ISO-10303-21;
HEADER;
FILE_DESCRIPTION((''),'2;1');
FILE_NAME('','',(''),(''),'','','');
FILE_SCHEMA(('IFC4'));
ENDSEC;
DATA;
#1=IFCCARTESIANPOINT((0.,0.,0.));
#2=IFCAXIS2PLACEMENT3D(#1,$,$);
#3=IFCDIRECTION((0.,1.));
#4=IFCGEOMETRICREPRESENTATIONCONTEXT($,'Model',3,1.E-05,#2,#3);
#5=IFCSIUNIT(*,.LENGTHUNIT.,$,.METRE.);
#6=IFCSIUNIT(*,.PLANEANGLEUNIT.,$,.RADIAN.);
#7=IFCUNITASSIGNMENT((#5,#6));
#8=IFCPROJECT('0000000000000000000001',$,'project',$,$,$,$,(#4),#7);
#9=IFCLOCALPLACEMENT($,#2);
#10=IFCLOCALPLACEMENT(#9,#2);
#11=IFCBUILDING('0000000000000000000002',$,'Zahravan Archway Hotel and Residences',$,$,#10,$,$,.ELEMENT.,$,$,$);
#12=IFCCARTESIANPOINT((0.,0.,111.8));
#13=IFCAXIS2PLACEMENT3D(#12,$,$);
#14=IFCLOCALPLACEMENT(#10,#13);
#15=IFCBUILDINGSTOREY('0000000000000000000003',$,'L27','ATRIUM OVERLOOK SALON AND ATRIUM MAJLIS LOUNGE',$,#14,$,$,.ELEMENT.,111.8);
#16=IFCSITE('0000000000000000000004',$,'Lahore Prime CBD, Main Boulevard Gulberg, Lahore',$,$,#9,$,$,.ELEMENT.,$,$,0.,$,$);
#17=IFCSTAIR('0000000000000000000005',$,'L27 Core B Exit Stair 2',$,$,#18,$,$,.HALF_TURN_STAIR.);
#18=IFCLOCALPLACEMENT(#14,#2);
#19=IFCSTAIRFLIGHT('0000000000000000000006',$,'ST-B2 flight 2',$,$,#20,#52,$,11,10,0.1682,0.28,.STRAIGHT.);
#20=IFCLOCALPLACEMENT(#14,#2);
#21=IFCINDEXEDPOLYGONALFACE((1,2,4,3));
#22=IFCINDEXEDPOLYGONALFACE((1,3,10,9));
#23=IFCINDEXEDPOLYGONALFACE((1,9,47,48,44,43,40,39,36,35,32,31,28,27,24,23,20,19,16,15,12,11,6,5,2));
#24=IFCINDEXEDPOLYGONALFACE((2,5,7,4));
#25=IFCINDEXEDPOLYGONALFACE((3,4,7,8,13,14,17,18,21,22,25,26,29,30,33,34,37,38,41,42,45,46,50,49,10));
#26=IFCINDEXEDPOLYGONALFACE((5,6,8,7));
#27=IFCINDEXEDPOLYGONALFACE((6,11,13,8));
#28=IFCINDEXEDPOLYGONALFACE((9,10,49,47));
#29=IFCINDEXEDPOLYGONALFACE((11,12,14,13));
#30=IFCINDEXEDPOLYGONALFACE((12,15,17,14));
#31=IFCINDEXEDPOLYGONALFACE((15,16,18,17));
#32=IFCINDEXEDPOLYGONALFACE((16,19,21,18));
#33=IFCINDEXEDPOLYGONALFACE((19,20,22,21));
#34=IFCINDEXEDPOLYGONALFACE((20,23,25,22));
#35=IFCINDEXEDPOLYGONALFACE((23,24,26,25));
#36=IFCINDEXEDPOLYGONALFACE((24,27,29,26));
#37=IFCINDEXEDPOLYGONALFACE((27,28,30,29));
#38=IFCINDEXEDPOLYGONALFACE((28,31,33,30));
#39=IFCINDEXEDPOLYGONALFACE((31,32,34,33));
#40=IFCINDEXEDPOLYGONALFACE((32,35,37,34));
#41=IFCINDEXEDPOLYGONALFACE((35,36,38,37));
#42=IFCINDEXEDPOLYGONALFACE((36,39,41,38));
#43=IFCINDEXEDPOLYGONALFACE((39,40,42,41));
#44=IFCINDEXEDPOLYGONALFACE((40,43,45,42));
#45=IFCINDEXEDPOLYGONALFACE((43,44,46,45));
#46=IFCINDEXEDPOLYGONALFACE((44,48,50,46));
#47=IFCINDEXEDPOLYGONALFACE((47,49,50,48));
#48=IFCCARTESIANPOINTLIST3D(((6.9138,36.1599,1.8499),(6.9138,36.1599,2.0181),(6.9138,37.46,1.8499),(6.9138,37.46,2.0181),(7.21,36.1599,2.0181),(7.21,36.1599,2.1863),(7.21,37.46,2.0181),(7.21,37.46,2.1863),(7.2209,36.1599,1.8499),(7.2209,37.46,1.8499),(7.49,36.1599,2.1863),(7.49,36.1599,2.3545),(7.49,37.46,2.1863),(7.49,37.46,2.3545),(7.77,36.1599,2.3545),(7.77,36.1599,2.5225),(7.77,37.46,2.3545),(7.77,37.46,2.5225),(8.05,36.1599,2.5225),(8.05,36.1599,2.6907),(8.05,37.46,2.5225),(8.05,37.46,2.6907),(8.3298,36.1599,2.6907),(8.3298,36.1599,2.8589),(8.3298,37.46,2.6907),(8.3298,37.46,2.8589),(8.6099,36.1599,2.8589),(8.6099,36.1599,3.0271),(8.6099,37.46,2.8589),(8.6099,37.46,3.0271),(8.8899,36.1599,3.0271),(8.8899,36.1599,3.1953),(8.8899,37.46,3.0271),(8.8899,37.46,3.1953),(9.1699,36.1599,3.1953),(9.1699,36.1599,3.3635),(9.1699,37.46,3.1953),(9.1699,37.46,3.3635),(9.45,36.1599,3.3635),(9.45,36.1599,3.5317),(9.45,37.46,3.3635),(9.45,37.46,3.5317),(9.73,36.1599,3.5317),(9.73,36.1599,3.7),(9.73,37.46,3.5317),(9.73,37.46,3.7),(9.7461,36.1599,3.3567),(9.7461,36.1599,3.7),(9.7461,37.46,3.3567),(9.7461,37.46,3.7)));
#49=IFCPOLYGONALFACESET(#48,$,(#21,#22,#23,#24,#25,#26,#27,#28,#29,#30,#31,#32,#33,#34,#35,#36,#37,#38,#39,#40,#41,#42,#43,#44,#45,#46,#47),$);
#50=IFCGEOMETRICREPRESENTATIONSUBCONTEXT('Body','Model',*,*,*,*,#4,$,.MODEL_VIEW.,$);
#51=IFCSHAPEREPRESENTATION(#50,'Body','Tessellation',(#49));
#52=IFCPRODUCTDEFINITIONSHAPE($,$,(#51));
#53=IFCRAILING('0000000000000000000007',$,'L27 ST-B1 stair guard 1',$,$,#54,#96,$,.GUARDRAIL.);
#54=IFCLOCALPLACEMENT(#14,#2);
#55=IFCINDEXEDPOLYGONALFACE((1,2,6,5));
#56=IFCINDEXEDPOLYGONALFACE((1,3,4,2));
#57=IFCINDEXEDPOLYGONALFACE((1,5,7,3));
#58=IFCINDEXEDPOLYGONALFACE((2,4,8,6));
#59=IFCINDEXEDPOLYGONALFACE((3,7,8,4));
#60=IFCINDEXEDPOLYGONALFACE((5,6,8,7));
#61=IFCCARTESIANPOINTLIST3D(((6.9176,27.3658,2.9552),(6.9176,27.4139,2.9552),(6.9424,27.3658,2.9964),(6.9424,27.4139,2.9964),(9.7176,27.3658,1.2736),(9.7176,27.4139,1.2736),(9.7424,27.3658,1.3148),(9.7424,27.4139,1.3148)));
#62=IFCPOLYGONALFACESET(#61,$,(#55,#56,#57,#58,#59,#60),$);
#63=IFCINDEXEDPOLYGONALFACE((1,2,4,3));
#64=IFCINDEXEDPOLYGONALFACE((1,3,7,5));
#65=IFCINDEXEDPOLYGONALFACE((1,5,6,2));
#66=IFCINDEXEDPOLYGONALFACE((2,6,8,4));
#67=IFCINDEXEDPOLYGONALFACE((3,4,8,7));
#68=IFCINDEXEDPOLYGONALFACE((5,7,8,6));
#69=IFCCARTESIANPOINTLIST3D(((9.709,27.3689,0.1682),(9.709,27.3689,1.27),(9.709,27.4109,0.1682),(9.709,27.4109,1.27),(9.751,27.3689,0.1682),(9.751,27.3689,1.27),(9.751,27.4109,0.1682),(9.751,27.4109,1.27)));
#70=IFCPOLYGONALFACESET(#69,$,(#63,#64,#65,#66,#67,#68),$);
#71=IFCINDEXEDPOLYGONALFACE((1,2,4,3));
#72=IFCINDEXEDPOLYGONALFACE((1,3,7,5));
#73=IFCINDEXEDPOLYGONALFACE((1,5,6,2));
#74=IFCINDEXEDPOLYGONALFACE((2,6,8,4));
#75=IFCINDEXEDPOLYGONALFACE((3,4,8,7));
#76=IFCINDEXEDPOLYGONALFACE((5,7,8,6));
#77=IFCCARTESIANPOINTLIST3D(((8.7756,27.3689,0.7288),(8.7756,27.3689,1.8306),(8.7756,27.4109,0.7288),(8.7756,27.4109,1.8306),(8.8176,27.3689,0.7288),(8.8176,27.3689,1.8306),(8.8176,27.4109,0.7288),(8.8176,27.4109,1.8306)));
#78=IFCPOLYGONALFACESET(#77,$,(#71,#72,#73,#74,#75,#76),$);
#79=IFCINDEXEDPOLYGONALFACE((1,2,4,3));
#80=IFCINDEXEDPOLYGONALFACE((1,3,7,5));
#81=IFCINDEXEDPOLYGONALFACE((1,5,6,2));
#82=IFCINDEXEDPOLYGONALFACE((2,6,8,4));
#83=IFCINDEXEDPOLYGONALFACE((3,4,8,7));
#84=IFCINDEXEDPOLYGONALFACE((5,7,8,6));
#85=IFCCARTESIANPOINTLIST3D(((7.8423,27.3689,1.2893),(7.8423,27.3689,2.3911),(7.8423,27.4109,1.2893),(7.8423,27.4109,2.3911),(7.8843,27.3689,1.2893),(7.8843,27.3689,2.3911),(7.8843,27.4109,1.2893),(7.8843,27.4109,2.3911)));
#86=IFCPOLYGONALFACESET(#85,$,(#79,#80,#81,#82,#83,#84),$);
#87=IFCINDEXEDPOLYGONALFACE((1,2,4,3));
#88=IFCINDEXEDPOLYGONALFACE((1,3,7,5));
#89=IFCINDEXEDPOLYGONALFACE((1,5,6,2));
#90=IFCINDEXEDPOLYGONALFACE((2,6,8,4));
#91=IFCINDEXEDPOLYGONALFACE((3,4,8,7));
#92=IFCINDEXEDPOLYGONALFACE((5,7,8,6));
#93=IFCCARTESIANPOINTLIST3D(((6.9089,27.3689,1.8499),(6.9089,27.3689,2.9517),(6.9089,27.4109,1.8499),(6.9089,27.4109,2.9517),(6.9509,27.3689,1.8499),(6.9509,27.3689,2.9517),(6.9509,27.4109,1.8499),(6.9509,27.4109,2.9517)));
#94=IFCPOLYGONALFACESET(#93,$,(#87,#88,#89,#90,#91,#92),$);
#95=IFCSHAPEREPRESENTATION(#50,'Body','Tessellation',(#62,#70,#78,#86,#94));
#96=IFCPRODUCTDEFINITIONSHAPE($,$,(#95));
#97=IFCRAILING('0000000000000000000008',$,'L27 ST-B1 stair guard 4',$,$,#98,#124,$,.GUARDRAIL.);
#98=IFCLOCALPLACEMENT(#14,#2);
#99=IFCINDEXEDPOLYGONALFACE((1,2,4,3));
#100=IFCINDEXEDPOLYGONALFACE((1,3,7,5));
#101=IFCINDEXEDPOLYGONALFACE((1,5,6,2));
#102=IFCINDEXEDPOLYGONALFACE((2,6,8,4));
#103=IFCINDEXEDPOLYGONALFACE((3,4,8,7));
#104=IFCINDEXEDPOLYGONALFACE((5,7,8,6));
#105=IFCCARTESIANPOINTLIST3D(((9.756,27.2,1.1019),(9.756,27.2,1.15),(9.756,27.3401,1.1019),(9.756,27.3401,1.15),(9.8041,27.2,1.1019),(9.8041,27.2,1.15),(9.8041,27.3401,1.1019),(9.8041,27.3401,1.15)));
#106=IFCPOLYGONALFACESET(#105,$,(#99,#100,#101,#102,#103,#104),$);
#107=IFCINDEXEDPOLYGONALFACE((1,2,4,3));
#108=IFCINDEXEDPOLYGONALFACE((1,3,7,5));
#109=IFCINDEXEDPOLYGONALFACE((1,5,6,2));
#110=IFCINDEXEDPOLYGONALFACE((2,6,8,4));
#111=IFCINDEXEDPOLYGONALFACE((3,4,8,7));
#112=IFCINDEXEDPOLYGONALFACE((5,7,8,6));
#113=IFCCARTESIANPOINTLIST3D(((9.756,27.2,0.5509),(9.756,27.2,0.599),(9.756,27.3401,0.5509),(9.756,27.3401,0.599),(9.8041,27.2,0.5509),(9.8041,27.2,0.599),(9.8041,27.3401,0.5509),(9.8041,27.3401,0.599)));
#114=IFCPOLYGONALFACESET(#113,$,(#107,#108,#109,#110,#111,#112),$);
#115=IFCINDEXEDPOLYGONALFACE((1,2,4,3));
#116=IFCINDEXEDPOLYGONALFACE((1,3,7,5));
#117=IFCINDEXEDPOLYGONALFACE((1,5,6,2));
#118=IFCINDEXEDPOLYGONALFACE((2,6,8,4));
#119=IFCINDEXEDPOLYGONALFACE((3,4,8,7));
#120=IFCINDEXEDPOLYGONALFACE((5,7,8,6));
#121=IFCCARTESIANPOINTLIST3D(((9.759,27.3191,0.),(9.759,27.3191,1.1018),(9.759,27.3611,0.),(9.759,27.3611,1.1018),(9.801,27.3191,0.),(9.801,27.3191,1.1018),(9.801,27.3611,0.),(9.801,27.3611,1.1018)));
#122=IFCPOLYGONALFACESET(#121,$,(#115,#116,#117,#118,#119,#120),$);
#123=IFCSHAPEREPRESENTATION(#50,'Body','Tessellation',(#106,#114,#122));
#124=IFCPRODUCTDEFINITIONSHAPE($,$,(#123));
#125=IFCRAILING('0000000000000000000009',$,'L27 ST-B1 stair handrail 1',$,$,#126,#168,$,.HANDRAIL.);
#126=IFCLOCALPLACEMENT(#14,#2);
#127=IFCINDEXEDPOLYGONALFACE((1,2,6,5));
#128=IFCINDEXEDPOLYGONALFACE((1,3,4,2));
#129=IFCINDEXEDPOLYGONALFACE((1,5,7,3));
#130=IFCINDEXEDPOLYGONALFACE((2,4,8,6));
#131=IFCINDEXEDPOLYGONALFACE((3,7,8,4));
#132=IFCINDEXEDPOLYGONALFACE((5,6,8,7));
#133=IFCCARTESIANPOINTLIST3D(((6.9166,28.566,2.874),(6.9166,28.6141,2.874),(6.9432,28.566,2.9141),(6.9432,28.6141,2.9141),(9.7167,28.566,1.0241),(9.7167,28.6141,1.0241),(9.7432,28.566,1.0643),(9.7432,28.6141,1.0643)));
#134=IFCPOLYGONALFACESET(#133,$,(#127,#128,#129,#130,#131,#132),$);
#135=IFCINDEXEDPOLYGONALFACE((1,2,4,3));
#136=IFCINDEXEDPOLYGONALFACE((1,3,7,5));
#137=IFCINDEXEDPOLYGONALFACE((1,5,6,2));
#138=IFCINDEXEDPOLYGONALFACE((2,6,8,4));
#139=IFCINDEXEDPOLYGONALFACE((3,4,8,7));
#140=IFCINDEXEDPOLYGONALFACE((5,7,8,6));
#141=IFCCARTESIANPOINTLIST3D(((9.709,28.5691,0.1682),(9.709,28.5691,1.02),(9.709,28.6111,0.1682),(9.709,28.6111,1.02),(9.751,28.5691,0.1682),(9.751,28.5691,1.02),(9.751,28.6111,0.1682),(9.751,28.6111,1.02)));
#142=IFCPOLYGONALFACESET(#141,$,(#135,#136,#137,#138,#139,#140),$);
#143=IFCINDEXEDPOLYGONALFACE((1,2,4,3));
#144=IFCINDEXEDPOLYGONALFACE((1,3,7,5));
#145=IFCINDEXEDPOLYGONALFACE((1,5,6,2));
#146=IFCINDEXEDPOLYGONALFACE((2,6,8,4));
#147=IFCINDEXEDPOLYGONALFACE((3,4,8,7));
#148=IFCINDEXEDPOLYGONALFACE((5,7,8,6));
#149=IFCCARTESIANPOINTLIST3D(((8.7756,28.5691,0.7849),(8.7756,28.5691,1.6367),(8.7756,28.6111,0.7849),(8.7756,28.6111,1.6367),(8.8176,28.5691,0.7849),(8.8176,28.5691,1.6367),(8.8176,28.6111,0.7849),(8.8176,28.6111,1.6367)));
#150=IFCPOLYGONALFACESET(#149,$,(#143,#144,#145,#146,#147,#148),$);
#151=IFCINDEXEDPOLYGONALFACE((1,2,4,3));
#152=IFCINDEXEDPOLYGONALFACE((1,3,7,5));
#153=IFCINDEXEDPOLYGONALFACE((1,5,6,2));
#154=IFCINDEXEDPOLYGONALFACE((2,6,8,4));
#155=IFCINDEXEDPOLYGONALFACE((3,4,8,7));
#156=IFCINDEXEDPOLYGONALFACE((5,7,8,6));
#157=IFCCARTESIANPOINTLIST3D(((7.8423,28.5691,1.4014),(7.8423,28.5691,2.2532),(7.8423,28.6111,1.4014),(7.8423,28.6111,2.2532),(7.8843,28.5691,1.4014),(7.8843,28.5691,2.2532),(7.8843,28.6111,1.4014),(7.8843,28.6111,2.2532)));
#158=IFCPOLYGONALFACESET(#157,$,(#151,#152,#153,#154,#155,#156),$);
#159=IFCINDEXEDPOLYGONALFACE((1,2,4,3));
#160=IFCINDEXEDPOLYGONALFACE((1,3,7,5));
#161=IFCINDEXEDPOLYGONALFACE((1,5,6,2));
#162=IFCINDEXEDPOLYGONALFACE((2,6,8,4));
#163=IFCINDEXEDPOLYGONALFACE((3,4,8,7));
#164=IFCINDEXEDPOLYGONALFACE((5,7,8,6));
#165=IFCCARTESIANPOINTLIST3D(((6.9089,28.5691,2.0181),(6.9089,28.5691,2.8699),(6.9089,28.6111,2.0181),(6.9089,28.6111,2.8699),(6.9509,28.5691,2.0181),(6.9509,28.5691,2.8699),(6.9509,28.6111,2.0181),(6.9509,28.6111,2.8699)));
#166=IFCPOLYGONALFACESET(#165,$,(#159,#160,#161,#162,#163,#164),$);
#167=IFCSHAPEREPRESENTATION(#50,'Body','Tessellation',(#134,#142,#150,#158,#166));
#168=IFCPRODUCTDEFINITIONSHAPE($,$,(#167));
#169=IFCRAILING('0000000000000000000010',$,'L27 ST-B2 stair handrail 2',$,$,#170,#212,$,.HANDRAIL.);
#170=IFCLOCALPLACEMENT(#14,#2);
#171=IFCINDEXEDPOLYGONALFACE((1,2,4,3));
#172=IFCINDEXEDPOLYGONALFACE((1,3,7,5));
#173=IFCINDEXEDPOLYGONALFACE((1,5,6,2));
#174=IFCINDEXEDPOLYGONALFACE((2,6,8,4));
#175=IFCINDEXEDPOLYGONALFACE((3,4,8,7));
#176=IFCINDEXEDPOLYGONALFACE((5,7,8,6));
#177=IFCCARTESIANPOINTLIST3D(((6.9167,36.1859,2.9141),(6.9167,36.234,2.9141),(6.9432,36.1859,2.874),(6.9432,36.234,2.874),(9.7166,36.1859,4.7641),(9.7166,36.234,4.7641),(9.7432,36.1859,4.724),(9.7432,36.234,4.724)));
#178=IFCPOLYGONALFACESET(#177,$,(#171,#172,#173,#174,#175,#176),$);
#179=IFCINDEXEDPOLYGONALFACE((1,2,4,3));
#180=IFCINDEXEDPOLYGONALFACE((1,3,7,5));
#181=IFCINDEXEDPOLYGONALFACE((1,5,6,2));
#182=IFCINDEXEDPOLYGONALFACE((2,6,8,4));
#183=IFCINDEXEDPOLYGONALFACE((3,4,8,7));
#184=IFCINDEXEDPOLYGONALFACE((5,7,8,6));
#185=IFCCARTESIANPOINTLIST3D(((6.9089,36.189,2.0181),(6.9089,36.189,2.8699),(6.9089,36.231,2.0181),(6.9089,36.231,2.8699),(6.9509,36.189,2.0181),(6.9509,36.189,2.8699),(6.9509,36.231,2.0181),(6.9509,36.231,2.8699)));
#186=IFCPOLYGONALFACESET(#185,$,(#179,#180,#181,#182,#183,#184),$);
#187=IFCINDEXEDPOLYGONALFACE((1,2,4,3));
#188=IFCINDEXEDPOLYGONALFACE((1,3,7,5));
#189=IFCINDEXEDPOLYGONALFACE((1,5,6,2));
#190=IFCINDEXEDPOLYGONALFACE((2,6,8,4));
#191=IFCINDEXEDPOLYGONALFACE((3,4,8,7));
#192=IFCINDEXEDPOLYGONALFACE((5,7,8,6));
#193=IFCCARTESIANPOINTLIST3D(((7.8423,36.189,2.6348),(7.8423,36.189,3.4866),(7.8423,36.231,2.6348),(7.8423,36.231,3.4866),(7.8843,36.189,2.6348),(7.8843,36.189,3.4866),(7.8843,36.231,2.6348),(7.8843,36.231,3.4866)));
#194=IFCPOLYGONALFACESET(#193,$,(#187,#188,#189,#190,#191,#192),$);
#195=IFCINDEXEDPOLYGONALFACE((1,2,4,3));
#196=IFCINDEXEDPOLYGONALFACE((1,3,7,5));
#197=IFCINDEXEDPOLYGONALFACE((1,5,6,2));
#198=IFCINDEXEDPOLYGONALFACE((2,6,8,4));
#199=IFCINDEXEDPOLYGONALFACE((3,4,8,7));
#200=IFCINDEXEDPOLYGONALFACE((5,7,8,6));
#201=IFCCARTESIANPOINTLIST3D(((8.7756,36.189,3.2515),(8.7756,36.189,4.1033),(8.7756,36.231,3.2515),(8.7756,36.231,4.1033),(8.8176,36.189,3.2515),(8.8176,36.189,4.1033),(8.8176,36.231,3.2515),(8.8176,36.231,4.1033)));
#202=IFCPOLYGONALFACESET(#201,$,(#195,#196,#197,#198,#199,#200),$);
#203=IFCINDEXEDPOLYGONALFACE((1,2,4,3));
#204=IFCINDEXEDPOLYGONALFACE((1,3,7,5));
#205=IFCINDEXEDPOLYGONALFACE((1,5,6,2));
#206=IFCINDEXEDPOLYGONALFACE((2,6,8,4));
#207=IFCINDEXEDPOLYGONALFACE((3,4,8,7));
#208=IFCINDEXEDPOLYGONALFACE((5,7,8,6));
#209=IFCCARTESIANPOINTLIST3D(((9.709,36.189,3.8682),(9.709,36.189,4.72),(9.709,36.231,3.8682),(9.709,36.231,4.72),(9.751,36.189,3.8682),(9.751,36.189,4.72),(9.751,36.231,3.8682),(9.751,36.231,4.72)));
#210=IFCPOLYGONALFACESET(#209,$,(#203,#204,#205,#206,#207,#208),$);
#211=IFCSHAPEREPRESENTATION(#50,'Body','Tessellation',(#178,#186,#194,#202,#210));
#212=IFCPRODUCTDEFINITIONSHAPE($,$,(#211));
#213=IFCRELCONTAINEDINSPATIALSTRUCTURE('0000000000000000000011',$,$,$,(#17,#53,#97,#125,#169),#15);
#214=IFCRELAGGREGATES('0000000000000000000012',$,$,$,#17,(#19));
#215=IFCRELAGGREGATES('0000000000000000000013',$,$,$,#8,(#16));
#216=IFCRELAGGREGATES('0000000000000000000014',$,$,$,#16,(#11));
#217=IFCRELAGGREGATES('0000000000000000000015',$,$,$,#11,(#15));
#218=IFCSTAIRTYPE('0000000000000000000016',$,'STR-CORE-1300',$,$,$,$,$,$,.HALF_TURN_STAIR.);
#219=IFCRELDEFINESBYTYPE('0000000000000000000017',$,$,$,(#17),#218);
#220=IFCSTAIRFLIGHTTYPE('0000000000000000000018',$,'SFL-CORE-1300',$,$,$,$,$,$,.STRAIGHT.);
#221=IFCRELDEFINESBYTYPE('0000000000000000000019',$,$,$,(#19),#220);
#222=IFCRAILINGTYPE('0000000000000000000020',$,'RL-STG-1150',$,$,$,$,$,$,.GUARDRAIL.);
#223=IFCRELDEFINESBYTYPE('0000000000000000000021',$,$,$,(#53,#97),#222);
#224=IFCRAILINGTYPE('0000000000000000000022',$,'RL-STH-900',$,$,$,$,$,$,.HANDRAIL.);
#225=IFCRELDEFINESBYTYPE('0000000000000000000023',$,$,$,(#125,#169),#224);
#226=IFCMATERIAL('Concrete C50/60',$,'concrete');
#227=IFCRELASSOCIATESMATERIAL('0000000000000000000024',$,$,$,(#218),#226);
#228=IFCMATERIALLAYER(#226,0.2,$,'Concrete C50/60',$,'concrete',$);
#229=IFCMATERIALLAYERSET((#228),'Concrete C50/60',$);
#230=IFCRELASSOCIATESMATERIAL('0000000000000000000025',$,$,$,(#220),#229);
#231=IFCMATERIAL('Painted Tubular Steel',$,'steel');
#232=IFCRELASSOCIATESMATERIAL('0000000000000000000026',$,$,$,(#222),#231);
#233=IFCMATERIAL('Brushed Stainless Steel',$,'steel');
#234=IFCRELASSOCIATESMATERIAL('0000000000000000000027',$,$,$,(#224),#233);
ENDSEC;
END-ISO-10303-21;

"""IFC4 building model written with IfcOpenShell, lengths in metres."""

from ifc_helpers import new_model, si_unit, direction, frame, origin, origin_2d, place, context, subcontext, project, spatial, polyline, rectangle, outline, extrude, source, transform, mapped, material, layer, layer_set, type_object, element, aggregate, save


model = new_model("IFC4")

# Units and contexts
model_context = context("Model", 3, precision=1e-05, world=origin(), true_north=direction((0.0, 1.0)))
body_context = subcontext(model_context, "Body", "Model", "MODEL_VIEW")
ifc_project = project(units=[si_unit("LENGTHUNIT", "METRE"), si_unit("PLANEANGLEUNIT", "RADIAN")], contexts=[model_context])

# Site, building, storey
site_placement = place(None, origin())
site = spatial("IfcSite", under=ifc_project, at=site_placement, Name="Lahore Prime CBD, Main Boulevard Gulberg, Lahore", CompositionType="ELEMENT", RefElevation=0.0)
building_placement = place(site_placement, origin())
building = spatial("IfcBuilding", under=site, at=building_placement, Name="Zahravan Archway Hotel and Residences", CompositionType="ELEMENT")
storey_placement = place(building_placement, frame((0.0, 0.0, 111.8)))
storey = spatial("IfcBuildingStorey", under=building, at=storey_placement, Name="L27", Description="ATRIUM OVERLOOK SALON AND ATRIUM MAJLIS LOUNGE", CompositionType="ELEMENT", Elevation=111.8)

# Shared definitions
ifc_material_1 = material(Name="Brushed Stainless Steel", Category="steel")

# Shared definitions
ifc_material_2 = material(Name="Concrete C50/60", Category="concrete")

# Stair, stair flight
stair_type = type_object("IfcStairType", Name="STR-CORE-1300", PredefinedType="HALF_TURN_STAIR", material=ifc_material_2)
ifc_layer_1 = layer(ifc_material_2, 0.2, Name="Concrete C50/60", Category="concrete")
ifc_layer_set_1 = layer_set([ifc_layer_1], Name="Concrete C50/60")
stair_flight_type = type_object("IfcStairFlightType", Name="SFL-CORE-1300", PredefinedType="STRAIGHT", material=ifc_layer_set_1)
shared_shape_1 = source(origin(), body_context, "Body", "SweptSolid", [
    extrude(outline(polyline([(-0.0161, 0.0), (-0.0161, 0.1682), (0.28, 0.1682), (0.28, 0.3364), (0.5601, 0.3364), (0.5601, 0.5046), (0.8401, 0.5046), (0.8401, 0.6726), (1.1201, 0.6726), (1.1201, 0.8408), (1.3999, 0.8408), (1.3999, 1.009), (1.6799, 1.009), (1.6799, 1.1772), (1.96, 1.1772), (1.96, 1.3455), (2.24, 1.3455), (2.24, 1.5137), (2.52, 1.5137), (2.52, 1.6819), (2.8, 1.6819), (2.8, 1.8501), (2.8162, 1.8501), (2.8162, 1.5068), (0.291, 0.0), (-0.0161, 0.0)])), frame((0.0, 0.6499, 0.0), z_axis=(0.0, -1.0, 0.0), x_axis=(1.0, 0.0, 0.0)), (0.0, 0.0, 1.0), 1.3),
])
stair_1_placement = place(storey_placement, origin())
stair_1 = element("IfcStair", 1, at=stair_1_placement, inside=storey, type_object=stair_type, Name="L27 Core B Exit Stair 2", PredefinedType="HALF_TURN_STAIR")
stair_flight_1_placement = place(storey_placement, frame((6.9299, 36.8101, 1.8499), z_axis=(0.0, 0.0, 1.0), x_axis=(1.0, 0.0, 0.0)))
stair_flight_1 = element("IfcStairFlight", 2, at=stair_flight_1_placement, type_object=stair_flight_type, Name="ST-B2 flight 2", NumberOfRisers=11, NumberOfTreads=10, PredefinedType="STRAIGHT", RiserHeight=0.1682, TreadLength=0.28, context=body_context, shape_type="MappedRepresentation", body=[
    mapped(shared_shape_1, transform((0.0, 0.0, 0.0), scale=1.0)),
])
aggregate(stair_1, [stair_flight_1])

# Railings
ifc_material_3 = material(Name="Painted Tubular Steel", Category="steel")
railing_type_1 = type_object("IfcRailingType", Name="RL-STG-1150", PredefinedType="GUARDRAIL", material=ifc_material_3)
railing_1_placement = place(storey_placement, frame((9.73, 27.3899, 0.1682)))
element("IfcRailing", 3, at=railing_1_placement, inside=storey, type_object=railing_type_1, Name="L27 ST-B1 stair guard 1", PredefinedType="GUARDRAIL", context=body_context, shape_type="SweptSolid", body=[
    extrude(rectangle(XDim=0.0481, YDim=0.0481, at=origin_2d()), frame((0.0, 0.0, 1.126), z_axis=(-0.857275, 0.0, 0.514858), x_axis=(0.0, -1.0, 0.0)), (0.0, 0.0, 1.0), 3.2661),
    extrude(rectangle(XDim=0.042, YDim=0.042, at=origin_2d()), origin(), (0.0, 0.0, 1.0), 1.1018),
    extrude(rectangle(XDim=0.042, YDim=0.042, at=origin_2d()), frame((-0.9333, 0.0, 0.5605)), (0.0, 0.0, 1.0), 1.1018),
    extrude(rectangle(XDim=0.042, YDim=0.042, at=origin_2d()), frame((-1.8667, 0.0, 1.1211)), (0.0, 0.0, 1.0), 1.1018),
    extrude(rectangle(XDim=0.042, YDim=0.042, at=origin_2d()), frame((-2.8, 0.0, 1.6816)), (0.0, 0.0, 1.0), 1.1018),
])
railing_2_placement = place(storey_placement, frame((9.78, 27.3401, 0.0)))
element("IfcRailing", 4, at=railing_2_placement, inside=storey, type_object=railing_type_1, Name="L27 ST-B1 stair guard 4", PredefinedType="GUARDRAIL", context=body_context, shape_type="SweptSolid", body=[
    extrude(rectangle(XDim=0.0481, YDim=0.0481, at=origin_2d()), frame((0.0, 0.0, 1.126), z_axis=(0.0, -1.0, 0.0), x_axis=(1.0, 0.0, 0.0)), (0.0, 0.0, 1.0), 0.1401),
    extrude(rectangle(XDim=0.0481, YDim=0.0481, at=origin_2d()), frame((0.0, 0.0, 0.575), z_axis=(0.0, -1.0, 0.0), x_axis=(1.0, 0.0, 0.0)), (0.0, 0.0, 1.0), 0.1401),
    extrude(rectangle(XDim=0.042, YDim=0.042, at=origin_2d()), origin(), (0.0, 0.0, 1.0), 1.1018),
])
railing_type_2 = type_object("IfcRailingType", Name="RL-STH-900", PredefinedType="HANDRAIL", material=ifc_material_1)
railing_3_placement = place(storey_placement, frame((9.73, 28.5901, 0.1682)))
element("IfcRailing", 5, at=railing_3_placement, inside=storey, type_object=railing_type_2, Name="L27 ST-B1 stair handrail 1", PredefinedType="HANDRAIL", context=body_context, shape_type="SweptSolid", body=[
    extrude(rectangle(XDim=0.0481, YDim=0.0481, at=origin_2d()), frame((0.0, 0.0, 0.876), z_axis=(-0.83436, 0.0, 0.55122), x_axis=(0.0, -1.0, 0.0)), (0.0, 0.0, 1.0), 3.356),
    extrude(rectangle(XDim=0.042, YDim=0.042, at=origin_2d()), origin(), (0.0, 0.0, 1.0), 0.8518),
    extrude(rectangle(XDim=0.042, YDim=0.042, at=origin_2d()), frame((-0.9333, 0.0, 0.6167)), (0.0, 0.0, 1.0), 0.8518),
    extrude(rectangle(XDim=0.042, YDim=0.042, at=origin_2d()), frame((-1.8667, 0.0, 1.2332)), (0.0, 0.0, 1.0), 0.8518),
    extrude(rectangle(XDim=0.042, YDim=0.042, at=origin_2d()), frame((-2.8, 0.0, 1.8499)), (0.0, 0.0, 1.0), 0.8518),
])
railing_4_placement = place(storey_placement, frame((6.9299, 36.21, 2.0181)))
element("IfcRailing", 6, at=railing_4_placement, inside=storey, type_object=railing_type_2, Name="L27 ST-B2 stair handrail 2", PredefinedType="HANDRAIL", context=body_context, shape_type="SweptSolid", body=[
    extrude(rectangle(XDim=0.0481, YDim=0.0481, at=origin_2d()), frame((0.0, 0.0, 0.876), z_axis=(0.834326, 0.0, 0.551271), x_axis=(0.0, 1.0, 0.0)), (0.0, 0.0, 1.0), 3.356),
    extrude(rectangle(XDim=0.042, YDim=0.042, at=origin_2d()), origin(), (0.0, 0.0, 1.0), 0.8518),
    extrude(rectangle(XDim=0.042, YDim=0.042, at=origin_2d()), frame((0.9333, 0.0, 0.6167)), (0.0, 0.0, 1.0), 0.8518),
    extrude(rectangle(XDim=0.042, YDim=0.042, at=origin_2d()), frame((1.8667, 0.0, 1.2334)), (0.0, 0.0, 1.0), 0.8518),
    extrude(rectangle(XDim=0.042, YDim=0.042, at=origin_2d()), frame((2.8, 0.0, 1.8501)), (0.0, 0.0, 1.0), 0.8518),
])

save(model, "model.ifc")
